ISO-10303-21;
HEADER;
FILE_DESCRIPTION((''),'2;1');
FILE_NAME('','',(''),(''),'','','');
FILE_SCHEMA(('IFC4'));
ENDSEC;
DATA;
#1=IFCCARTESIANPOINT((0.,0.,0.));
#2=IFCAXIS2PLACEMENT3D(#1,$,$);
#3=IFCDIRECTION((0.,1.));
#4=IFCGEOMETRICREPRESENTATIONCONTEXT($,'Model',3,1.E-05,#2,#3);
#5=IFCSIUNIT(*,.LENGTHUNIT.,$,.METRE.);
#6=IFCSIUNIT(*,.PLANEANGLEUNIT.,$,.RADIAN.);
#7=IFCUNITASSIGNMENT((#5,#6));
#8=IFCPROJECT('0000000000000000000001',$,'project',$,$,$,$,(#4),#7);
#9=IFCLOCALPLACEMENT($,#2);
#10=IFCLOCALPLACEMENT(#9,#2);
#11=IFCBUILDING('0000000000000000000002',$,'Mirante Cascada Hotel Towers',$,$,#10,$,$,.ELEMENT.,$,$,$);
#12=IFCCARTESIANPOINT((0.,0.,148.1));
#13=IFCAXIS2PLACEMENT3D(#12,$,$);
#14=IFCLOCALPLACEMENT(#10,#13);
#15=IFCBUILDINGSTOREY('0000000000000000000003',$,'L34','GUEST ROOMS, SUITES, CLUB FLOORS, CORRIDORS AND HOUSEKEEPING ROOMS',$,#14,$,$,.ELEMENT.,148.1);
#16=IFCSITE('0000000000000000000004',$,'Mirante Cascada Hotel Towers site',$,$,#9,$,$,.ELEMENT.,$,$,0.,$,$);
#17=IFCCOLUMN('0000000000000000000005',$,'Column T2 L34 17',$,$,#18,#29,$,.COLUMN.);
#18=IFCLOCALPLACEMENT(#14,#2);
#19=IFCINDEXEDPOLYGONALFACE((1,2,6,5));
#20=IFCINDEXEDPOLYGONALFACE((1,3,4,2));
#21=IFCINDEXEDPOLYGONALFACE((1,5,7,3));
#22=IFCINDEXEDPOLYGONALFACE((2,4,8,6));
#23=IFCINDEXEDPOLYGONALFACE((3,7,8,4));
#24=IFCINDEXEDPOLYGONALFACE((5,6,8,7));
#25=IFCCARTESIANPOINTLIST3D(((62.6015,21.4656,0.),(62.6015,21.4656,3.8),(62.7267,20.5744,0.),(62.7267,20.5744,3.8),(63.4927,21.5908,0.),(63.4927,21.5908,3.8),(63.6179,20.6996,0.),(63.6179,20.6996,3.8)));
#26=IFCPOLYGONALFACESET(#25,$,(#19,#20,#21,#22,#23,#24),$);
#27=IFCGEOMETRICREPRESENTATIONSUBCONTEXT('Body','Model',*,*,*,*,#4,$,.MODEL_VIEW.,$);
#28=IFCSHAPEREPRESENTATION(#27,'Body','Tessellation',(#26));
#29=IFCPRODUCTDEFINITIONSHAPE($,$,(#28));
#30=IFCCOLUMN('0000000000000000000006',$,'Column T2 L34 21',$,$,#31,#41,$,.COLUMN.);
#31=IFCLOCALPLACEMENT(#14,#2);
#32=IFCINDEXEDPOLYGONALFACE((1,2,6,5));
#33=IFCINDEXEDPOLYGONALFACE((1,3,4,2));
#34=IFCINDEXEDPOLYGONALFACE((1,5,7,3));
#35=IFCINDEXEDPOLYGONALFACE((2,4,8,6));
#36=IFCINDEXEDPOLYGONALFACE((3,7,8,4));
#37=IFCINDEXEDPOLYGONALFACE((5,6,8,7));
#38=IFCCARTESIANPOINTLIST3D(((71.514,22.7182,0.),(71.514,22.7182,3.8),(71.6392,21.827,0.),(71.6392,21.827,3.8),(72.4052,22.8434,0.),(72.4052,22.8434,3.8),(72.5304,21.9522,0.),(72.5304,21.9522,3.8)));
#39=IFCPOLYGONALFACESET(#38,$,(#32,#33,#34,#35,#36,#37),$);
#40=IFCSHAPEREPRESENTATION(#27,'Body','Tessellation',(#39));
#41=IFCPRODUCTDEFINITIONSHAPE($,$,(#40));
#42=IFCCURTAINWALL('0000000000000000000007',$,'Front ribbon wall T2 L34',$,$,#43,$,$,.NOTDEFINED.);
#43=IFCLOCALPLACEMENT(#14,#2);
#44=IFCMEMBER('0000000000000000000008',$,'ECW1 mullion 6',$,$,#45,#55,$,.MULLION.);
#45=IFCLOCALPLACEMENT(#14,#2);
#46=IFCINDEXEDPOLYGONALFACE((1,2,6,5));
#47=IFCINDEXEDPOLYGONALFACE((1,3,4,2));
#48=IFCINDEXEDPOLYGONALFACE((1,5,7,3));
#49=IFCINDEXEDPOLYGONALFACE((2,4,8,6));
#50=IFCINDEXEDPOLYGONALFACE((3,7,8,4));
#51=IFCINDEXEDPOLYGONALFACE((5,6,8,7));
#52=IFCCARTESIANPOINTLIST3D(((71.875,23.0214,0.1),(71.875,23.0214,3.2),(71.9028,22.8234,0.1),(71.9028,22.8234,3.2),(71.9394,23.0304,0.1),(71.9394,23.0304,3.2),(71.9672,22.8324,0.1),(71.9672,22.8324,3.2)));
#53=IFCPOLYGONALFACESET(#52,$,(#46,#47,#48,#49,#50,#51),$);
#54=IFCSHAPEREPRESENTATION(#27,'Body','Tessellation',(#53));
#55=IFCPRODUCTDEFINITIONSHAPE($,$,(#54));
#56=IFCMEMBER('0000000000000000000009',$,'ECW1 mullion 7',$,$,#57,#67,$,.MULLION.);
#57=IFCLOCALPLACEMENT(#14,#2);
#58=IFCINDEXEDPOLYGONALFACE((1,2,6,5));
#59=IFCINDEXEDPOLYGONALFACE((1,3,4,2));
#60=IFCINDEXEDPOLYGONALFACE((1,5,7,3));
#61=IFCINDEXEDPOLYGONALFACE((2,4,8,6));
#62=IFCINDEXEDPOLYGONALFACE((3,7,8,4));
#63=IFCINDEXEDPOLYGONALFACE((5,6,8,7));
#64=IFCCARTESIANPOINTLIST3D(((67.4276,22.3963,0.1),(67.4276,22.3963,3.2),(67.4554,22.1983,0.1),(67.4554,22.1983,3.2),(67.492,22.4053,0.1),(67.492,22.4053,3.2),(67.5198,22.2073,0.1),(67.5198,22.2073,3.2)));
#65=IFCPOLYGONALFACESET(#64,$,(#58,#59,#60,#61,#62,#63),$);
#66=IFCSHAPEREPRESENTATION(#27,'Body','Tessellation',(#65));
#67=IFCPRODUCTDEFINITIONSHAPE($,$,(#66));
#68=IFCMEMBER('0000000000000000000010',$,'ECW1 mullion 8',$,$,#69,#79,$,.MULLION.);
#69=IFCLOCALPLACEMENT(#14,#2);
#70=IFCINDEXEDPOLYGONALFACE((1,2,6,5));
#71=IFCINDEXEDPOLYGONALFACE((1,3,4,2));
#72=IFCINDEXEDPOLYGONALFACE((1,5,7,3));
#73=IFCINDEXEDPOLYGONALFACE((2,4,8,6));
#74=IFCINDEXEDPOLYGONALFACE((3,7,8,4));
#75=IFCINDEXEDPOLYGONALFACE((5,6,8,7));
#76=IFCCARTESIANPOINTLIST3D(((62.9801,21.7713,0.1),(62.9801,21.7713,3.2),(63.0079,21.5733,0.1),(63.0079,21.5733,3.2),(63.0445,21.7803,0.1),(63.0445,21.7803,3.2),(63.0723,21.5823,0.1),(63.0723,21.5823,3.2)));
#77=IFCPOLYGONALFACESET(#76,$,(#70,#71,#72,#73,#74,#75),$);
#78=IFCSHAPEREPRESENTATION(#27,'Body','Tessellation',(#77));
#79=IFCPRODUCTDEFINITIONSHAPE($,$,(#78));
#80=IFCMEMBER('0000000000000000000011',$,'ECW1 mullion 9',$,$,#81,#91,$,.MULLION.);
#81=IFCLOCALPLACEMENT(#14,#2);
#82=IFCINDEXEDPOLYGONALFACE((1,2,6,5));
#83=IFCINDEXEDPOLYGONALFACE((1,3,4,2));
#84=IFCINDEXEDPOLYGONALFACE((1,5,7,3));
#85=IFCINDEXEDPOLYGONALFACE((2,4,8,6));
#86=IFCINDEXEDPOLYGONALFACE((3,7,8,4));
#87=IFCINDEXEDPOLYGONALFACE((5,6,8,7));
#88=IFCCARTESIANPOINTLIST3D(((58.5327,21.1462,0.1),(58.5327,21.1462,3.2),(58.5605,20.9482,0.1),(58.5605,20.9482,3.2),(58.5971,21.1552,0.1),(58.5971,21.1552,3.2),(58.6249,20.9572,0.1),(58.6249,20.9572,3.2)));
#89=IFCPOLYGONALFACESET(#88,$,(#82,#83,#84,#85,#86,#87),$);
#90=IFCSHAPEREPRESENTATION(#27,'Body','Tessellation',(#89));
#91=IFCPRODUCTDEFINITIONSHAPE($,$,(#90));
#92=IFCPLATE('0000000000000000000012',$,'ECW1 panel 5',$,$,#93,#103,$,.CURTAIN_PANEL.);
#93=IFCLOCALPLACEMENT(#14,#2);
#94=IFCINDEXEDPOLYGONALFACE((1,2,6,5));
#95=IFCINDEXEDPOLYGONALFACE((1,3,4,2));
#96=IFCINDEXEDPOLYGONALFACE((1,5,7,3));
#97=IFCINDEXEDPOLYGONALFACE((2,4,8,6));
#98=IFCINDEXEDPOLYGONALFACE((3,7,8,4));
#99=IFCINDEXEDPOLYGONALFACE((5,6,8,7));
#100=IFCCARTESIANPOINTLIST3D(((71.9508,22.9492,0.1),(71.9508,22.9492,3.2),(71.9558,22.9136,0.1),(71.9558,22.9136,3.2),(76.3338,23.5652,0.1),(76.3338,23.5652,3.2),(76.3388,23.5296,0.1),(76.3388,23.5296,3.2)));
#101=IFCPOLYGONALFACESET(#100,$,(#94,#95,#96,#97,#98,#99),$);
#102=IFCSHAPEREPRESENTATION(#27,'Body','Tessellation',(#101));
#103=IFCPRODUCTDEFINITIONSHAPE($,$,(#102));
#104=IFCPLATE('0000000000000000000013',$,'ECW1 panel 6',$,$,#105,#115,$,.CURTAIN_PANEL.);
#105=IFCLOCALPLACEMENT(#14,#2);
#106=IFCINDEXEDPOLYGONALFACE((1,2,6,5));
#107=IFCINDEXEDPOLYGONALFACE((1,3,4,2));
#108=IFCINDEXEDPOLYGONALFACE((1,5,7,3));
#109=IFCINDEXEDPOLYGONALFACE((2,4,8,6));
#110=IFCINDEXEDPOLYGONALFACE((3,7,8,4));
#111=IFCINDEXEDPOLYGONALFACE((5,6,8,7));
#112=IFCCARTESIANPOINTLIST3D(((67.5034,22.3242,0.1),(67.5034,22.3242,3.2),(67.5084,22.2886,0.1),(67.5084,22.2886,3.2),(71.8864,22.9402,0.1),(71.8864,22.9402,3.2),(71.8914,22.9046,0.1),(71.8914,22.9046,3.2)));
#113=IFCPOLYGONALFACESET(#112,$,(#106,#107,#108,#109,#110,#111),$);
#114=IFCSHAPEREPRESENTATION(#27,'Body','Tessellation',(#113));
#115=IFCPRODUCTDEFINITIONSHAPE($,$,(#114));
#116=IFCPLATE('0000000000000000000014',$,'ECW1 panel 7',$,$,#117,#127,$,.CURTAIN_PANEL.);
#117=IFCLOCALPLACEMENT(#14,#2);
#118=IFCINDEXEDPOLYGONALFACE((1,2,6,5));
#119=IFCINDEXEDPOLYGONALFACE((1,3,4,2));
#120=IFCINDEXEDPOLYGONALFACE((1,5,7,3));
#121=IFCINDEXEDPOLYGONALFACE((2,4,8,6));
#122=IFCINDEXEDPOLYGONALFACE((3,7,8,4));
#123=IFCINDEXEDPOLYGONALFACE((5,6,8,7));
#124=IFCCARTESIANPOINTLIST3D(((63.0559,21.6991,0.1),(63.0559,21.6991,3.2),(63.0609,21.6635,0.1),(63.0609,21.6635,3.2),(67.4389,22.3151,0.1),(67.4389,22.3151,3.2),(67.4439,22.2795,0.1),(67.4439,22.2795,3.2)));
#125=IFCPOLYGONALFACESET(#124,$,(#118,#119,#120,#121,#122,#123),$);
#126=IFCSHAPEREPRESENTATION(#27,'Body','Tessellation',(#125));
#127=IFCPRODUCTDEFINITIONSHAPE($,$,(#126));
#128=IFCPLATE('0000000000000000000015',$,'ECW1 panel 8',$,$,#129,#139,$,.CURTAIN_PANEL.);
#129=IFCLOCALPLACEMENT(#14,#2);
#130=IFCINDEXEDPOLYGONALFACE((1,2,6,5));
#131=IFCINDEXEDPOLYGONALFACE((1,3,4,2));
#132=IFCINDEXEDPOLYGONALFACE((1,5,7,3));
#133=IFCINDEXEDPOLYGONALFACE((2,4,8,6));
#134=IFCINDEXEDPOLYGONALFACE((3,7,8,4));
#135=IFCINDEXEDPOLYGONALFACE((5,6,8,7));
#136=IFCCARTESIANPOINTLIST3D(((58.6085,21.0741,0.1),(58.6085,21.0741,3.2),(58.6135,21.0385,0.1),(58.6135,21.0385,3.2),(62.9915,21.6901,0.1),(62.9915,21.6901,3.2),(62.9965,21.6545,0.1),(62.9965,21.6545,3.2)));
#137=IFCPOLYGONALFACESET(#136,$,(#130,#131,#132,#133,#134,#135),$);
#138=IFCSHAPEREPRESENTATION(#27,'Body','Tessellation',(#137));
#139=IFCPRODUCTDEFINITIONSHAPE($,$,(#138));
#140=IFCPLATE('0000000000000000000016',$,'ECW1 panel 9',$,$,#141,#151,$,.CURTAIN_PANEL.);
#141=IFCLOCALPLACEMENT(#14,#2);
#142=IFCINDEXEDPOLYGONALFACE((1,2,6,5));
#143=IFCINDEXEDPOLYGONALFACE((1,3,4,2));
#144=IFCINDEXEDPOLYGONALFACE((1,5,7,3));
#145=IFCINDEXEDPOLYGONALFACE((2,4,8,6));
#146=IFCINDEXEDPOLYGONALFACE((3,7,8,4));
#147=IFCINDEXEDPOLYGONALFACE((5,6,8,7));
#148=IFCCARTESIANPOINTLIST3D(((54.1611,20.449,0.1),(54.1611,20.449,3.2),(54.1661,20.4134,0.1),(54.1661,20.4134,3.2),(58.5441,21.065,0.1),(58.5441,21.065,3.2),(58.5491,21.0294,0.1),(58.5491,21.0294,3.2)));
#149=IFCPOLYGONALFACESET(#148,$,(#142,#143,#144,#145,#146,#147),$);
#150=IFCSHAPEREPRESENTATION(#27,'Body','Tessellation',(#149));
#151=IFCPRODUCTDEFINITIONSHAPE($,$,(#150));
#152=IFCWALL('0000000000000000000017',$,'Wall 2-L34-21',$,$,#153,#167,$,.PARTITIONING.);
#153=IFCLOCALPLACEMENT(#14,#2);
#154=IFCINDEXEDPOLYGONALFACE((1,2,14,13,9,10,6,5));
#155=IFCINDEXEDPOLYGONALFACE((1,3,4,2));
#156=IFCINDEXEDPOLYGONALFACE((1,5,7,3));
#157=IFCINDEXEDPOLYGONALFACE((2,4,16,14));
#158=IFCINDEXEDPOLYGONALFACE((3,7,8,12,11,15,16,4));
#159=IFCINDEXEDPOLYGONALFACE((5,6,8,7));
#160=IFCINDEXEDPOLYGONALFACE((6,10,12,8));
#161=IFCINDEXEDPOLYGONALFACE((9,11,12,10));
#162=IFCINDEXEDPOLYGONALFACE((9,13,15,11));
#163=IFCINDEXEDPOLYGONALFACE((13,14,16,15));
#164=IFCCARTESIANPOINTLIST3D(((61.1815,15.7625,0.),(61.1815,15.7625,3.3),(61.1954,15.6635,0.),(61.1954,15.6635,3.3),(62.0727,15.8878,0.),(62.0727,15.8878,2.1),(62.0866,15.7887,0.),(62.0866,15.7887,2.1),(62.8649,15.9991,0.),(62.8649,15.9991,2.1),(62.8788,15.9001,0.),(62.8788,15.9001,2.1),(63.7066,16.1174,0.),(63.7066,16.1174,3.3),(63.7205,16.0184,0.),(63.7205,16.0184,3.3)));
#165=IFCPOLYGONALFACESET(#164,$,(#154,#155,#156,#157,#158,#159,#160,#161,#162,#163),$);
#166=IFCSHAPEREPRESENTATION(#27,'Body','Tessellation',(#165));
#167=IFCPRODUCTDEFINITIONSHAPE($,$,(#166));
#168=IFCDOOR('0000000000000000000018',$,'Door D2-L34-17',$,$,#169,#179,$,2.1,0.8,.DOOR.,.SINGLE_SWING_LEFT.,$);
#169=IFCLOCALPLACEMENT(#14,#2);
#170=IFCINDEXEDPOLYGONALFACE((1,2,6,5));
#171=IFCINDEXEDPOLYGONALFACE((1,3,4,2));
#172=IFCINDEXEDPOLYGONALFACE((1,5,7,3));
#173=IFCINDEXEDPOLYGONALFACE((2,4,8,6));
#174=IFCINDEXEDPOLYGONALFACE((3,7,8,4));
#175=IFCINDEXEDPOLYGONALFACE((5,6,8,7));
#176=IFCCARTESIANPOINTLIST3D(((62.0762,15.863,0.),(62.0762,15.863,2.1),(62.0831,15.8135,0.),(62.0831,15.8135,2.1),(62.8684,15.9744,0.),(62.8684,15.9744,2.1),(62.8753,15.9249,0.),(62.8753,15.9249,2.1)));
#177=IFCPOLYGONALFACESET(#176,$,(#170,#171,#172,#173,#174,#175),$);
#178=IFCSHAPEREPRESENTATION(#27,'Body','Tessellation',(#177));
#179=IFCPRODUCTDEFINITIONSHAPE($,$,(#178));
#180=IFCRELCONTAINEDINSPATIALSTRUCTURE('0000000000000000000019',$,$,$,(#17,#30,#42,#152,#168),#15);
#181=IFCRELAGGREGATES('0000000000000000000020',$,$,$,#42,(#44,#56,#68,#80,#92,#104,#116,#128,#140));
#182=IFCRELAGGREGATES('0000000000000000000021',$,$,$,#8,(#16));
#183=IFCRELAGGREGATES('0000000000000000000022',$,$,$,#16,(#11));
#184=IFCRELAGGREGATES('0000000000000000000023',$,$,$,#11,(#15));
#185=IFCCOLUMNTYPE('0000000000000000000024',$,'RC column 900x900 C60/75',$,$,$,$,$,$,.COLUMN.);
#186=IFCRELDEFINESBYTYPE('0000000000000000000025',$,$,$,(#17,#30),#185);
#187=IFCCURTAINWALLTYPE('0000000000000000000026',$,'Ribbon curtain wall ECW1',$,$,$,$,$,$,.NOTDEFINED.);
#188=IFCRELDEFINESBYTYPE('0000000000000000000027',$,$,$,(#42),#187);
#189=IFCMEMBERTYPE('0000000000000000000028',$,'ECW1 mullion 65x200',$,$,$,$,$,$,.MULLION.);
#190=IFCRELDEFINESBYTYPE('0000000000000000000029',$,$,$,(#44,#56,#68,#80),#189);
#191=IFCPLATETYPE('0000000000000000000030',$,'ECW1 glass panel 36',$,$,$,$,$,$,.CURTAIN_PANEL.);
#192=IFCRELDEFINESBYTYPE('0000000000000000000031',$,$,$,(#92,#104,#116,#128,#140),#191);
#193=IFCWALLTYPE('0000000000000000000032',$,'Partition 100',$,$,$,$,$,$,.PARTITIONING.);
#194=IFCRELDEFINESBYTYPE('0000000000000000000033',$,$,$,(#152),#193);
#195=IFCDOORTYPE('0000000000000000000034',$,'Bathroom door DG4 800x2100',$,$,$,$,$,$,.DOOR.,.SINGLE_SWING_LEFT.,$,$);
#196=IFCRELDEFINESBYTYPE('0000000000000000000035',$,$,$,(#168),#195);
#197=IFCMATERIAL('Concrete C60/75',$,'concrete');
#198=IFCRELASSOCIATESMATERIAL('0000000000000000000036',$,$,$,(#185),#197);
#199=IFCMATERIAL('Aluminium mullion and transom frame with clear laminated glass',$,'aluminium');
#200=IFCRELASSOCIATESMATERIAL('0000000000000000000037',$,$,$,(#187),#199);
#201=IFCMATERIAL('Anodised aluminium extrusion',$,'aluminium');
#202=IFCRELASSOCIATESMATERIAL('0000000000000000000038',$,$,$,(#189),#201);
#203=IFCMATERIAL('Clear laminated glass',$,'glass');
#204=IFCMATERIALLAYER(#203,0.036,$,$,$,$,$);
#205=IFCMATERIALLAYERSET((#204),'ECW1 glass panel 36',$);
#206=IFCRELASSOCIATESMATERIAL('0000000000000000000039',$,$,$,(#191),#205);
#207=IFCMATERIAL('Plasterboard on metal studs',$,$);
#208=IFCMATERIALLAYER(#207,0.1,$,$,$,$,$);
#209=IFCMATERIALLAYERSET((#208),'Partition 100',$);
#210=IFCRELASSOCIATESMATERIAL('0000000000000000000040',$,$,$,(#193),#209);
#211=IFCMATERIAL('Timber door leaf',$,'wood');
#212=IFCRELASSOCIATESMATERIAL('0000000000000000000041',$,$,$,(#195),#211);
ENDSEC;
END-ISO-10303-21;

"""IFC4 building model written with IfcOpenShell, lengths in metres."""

from ifc_helpers import new_model, si_unit, direction, frame, frame_2d, origin, origin_2d, place, context, subcontext, project, spatial, rectangle, extrude, material, layer, layer_set, material_profile, profile_set, type_object, element, fill, aggregate, save


model = new_model("IFC4")

# Units and contexts
model_context = context("Model", 3, precision=1e-05, world=origin(), true_north=direction((0.0, 1.0)))
body_context = subcontext(model_context, "Body", "Model", "MODEL_VIEW")
ifc_project = project(units=[si_unit("LENGTHUNIT", "METRE"), si_unit("PLANEANGLEUNIT", "RADIAN")], contexts=[model_context])

# Site, building, storey
site_placement = place(None, origin())
site = spatial("IfcSite", under=ifc_project, at=site_placement, Name="Mirante Cascada Hotel Towers site", CompositionType="ELEMENT", RefElevation=0.0)
building_placement = place(site_placement, origin())
building = spatial("IfcBuilding", under=site, at=building_placement, Name="Mirante Cascada Hotel Towers", CompositionType="ELEMENT")
storey_placement = place(building_placement, frame((0.0, 0.0, 148.1)))
storey = spatial("IfcBuildingStorey", under=building, at=storey_placement, Name="L34", Description="GUEST ROOMS, SUITES, CLUB FLOORS, CORRIDORS AND HOUSEKEEPING ROOMS", CompositionType="ELEMENT", Elevation=148.1)

# Columns
ifc_material_1 = material(Name="Concrete C60/75", Category="concrete")
ifc_material_profile_1 = material_profile(ifc_material_1, rectangle(XDim=0.9, YDim=0.9, at=origin_2d()), Name="RC column 900x900 C60/75")
ifc_profile_set_1 = profile_set([ifc_material_profile_1], Name="Concrete C60/75")
column_type = type_object("IfcColumnType", Name="RC column 900x900 C60/75", PredefinedType="COLUMN", material=ifc_profile_set_1)
for number, where, z_axis, x_axis, name in (
    (1, (63.1097, 21.0826, 0.0), (0.0, 0.0, 1.0), (0.990268, 0.139173, 0.0), "Column T2 L34 17"),
    (2, (72.0222, 22.3352, 0.0), (0.0, 0.0, 1.0), (0.990268, 0.139173, 0.0), "Column T2 L34 21"),
):
    element("IfcColumn", number, at=place(storey_placement, frame(where, z_axis=z_axis, x_axis=x_axis)), inside=storey, type_object=column_type, Name=name, PredefinedType="COLUMN", context=body_context, shape_type="SweptSolid", body=[
        extrude(rectangle(XDim=0.9, YDim=0.9, at=origin_2d()), origin(), (0.0, 0.0, 1.0), 3.8),
    ])

# Curtain wall, members, plates
ifc_material_2 = material(Name="Aluminium mullion and transom frame with clear laminated glass", Category="aluminium")
curtain_wall_type = type_object("IfcCurtainWallType", Name="Ribbon curtain wall ECW1", PredefinedType="NOTDEFINED", material=ifc_material_2)
curtain_wall_placement = place(storey_placement, origin())
curtain_wall = element("IfcCurtainWall", 3, at=curtain_wall_placement, inside=storey, type_object=curtain_wall_type, Name="Front ribbon wall T2 L34", PredefinedType="NOTDEFINED")
ifc_material_3 = material(Name="Anodised aluminium extrusion", Category="aluminium")
ifc_material_profile_2 = material_profile(ifc_material_3, rectangle(XDim=0.2, YDim=0.065, at=origin_2d()), Name="ECW1 MULLION 65x200")
ifc_profile_set_2 = profile_set([ifc_material_profile_2], Name="Anodised aluminium extrusion")
member_type = type_object("IfcMemberType", Name="ECW1 mullion 65x200", PredefinedType="MULLION", material=ifc_profile_set_2)
member_1_placement = place(storey_placement, frame((71.9211, 22.9269, 0.1), z_axis=(0.0, 0.0, 1.0), x_axis=(0.139173, -0.990268, 0.0)))
member_1 = element("IfcMember", 4, at=member_1_placement, type_object=member_type, Name="ECW1 mullion 6", PredefinedType="MULLION", context=body_context, shape_type="SweptSolid", body=[
    extrude(rectangle(XDim=0.2, YDim=0.065, at=origin_2d()), origin(), (0.0, 0.0, 1.0), 3.1),
])
member_2_placement = place(storey_placement, frame((67.4737, 22.3018, 0.1), z_axis=(0.0, 0.0, 1.0), x_axis=(0.139173, -0.990268, 0.0)))
member_2 = element("IfcMember", 5, at=member_2_placement, type_object=member_type, Name="ECW1 mullion 7", PredefinedType="MULLION", context=body_context, shape_type="SweptSolid", body=[
    extrude(rectangle(XDim=0.2, YDim=0.065, at=origin_2d()), origin(), (0.0, 0.0, 1.0), 3.1),
])
member_3_placement = place(storey_placement, frame((63.0262, 21.6768, 0.1), z_axis=(0.0, 0.0, 1.0), x_axis=(0.139173, -0.990268, 0.0)))
member_3 = element("IfcMember", 6, at=member_3_placement, type_object=member_type, Name="ECW1 mullion 8", PredefinedType="MULLION", context=body_context, shape_type="SweptSolid", body=[
    extrude(rectangle(XDim=0.2, YDim=0.065, at=origin_2d()), origin(), (0.0, 0.0, 1.0), 3.1),
])
member_4_placement = place(storey_placement, frame((58.5788, 21.0517, 0.1), z_axis=(0.0, 0.0, 1.0), x_axis=(0.139173, -0.990268, 0.0)))
member_4 = element("IfcMember", 7, at=member_4_placement, type_object=member_type, Name="ECW1 mullion 9", PredefinedType="MULLION", context=body_context, shape_type="SweptSolid", body=[
    extrude(rectangle(XDim=0.2, YDim=0.065, at=origin_2d()), origin(), (0.0, 0.0, 1.0), 3.1),
])
ifc_material_4 = material(Name="Clear laminated glass", Category="glass")
ifc_layer_1 = layer(ifc_material_4, 0.036)
ifc_layer_set_1 = layer_set([ifc_layer_1], Name="ECW1 glass panel 36")
plate_type = type_object("IfcPlateType", Name="ECW1 glass panel 36", PredefinedType="CURTAIN_PANEL", material=ifc_layer_set_1)
plate_1_placement = place(storey_placement, frame((74.1448, 23.2394, 0.1), z_axis=(0.0, 0.0, 1.0), x_axis=(-0.990268, -0.139173, 0.0)))
plate_1 = element("IfcPlate", 8, at=plate_1_placement, type_object=plate_type, Name="ECW1 panel 5", PredefinedType="CURTAIN_PANEL", context=body_context, shape_type="SweptSolid", body=[
    extrude(rectangle(XDim=4.4261, YDim=0.036, at=origin_2d()), origin(), (0.0, 0.0, 1.0), 3.1),
])
plate_2_placement = place(storey_placement, frame((69.6974, 22.6144, 0.1), z_axis=(0.0, 0.0, 1.0), x_axis=(-0.990268, -0.139173, 0.0)))
plate_2 = element("IfcPlate", 9, at=plate_2_placement, type_object=plate_type, Name="ECW1 panel 6", PredefinedType="CURTAIN_PANEL", context=body_context, shape_type="SweptSolid", body=[
    extrude(rectangle(XDim=4.4261, YDim=0.036, at=origin_2d()), origin(), (0.0, 0.0, 1.0), 3.1),
])
plate_3_placement = place(storey_placement, frame((65.2499, 21.9893, 0.1), z_axis=(0.0, 0.0, 1.0), x_axis=(-0.990268, -0.139173, 0.0)))
plate_3 = element("IfcPlate", 10, at=plate_3_placement, type_object=plate_type, Name="ECW1 panel 7", PredefinedType="CURTAIN_PANEL", context=body_context, shape_type="SweptSolid", body=[
    extrude(rectangle(XDim=4.4261, YDim=0.036, at=origin_2d()), origin(), (0.0, 0.0, 1.0), 3.1),
])
plate_4_placement = place(storey_placement, frame((60.8025, 21.3643, 0.1), z_axis=(0.0, 0.0, 1.0), x_axis=(-0.990268, -0.139173, 0.0)))
plate_4 = element("IfcPlate", 11, at=plate_4_placement, type_object=plate_type, Name="ECW1 panel 8", PredefinedType="CURTAIN_PANEL", context=body_context, shape_type="SweptSolid", body=[
    extrude(rectangle(XDim=4.4261, YDim=0.036, at=origin_2d()), origin(), (0.0, 0.0, 1.0), 3.1),
])
plate_5_placement = place(storey_placement, frame((56.3551, 20.7392, 0.1), z_axis=(0.0, 0.0, 1.0), x_axis=(-0.990268, -0.139173, 0.0)))
plate_5 = element("IfcPlate", 12, at=plate_5_placement, type_object=plate_type, Name="ECW1 panel 9", PredefinedType="CURTAIN_PANEL", context=body_context, shape_type="SweptSolid", body=[
    extrude(rectangle(XDim=4.4261, YDim=0.036, at=origin_2d()), origin(), (0.0, 0.0, 1.0), 3.1),
])
aggregate(curtain_wall, [member_1, member_2, member_3, member_4, plate_1, plate_2, plate_3, plate_4, plate_5])

# Wall, opening, door
ifc_material_5 = material(Name="Plasterboard on metal studs")
ifc_layer_2 = layer(ifc_material_5, 0.1)
ifc_layer_set_2 = layer_set([ifc_layer_2], Name="Partition 100")
wall_type = type_object("IfcWallType", Name="Partition 100", PredefinedType="PARTITIONING", material=ifc_layer_set_2)
wall_1_placement = place(storey_placement, frame((61.1884, 15.713, 0.0), z_axis=(0.0, 0.0, 1.0), x_axis=(0.990267, 0.139181, 0.0)))
wall_1 = element("IfcWall", 13, at=wall_1_placement, inside=storey, type_object=wall_type, Name="Wall 2-L34-21", PredefinedType="PARTITIONING", context=body_context, shape_type="SweptSolid", body=[
    extrude(rectangle(XDim=2.5499, YDim=0.1, at=frame_2d((1.275, 0.0))), origin(), (0.0, 0.0, 1.0), 3.3),
])
opening_1_placement = place(wall_1_placement, frame((0.9, 0.0, 0.0)))
opening_1 = element("IfcOpeningElement", 14, at=opening_1_placement, cuts=wall_1, PredefinedType="OPENING", context=body_context, shape_type="SweptSolid", body=[
    extrude(rectangle(XDim=0.8, YDim=2.1, at=frame_2d((0.4, 1.05))), frame((0.0, 0.05, 0.0), z_axis=(0.0, -1.0, 0.0), x_axis=(1.0, 0.0, 0.0)), (0.0, 0.0, 1.0), 0.1),
])
ifc_material_6 = material(Name="Timber door leaf", Category="wood")
door_type_1 = type_object("IfcDoorType", Name="Bathroom door DG4 800x2100", OperationType="SINGLE_SWING_LEFT", PredefinedType="DOOR", material=ifc_material_6)
door_1_placement = place(opening_1_placement, origin())
door_1 = element("IfcDoor", 15, at=door_1_placement, inside=storey, type_object=door_type_1, Name="Door D2-L34-17", OperationType="SINGLE_SWING_LEFT", OverallHeight=2.1, OverallWidth=0.8, PredefinedType="DOOR", context=body_context, shape_type="SweptSolid", body=[
    extrude(rectangle(XDim=0.8, YDim=2.1, at=frame_2d((0.4, 1.05))), frame((0.0, 0.025, 0.0), z_axis=(0.0, -1.0, 0.0), x_axis=(1.0, 0.0, 0.0)), (0.0, 0.0, 1.0), 0.05),
])
fill(opening_1, door_1)

save(model, "model.ifc")
